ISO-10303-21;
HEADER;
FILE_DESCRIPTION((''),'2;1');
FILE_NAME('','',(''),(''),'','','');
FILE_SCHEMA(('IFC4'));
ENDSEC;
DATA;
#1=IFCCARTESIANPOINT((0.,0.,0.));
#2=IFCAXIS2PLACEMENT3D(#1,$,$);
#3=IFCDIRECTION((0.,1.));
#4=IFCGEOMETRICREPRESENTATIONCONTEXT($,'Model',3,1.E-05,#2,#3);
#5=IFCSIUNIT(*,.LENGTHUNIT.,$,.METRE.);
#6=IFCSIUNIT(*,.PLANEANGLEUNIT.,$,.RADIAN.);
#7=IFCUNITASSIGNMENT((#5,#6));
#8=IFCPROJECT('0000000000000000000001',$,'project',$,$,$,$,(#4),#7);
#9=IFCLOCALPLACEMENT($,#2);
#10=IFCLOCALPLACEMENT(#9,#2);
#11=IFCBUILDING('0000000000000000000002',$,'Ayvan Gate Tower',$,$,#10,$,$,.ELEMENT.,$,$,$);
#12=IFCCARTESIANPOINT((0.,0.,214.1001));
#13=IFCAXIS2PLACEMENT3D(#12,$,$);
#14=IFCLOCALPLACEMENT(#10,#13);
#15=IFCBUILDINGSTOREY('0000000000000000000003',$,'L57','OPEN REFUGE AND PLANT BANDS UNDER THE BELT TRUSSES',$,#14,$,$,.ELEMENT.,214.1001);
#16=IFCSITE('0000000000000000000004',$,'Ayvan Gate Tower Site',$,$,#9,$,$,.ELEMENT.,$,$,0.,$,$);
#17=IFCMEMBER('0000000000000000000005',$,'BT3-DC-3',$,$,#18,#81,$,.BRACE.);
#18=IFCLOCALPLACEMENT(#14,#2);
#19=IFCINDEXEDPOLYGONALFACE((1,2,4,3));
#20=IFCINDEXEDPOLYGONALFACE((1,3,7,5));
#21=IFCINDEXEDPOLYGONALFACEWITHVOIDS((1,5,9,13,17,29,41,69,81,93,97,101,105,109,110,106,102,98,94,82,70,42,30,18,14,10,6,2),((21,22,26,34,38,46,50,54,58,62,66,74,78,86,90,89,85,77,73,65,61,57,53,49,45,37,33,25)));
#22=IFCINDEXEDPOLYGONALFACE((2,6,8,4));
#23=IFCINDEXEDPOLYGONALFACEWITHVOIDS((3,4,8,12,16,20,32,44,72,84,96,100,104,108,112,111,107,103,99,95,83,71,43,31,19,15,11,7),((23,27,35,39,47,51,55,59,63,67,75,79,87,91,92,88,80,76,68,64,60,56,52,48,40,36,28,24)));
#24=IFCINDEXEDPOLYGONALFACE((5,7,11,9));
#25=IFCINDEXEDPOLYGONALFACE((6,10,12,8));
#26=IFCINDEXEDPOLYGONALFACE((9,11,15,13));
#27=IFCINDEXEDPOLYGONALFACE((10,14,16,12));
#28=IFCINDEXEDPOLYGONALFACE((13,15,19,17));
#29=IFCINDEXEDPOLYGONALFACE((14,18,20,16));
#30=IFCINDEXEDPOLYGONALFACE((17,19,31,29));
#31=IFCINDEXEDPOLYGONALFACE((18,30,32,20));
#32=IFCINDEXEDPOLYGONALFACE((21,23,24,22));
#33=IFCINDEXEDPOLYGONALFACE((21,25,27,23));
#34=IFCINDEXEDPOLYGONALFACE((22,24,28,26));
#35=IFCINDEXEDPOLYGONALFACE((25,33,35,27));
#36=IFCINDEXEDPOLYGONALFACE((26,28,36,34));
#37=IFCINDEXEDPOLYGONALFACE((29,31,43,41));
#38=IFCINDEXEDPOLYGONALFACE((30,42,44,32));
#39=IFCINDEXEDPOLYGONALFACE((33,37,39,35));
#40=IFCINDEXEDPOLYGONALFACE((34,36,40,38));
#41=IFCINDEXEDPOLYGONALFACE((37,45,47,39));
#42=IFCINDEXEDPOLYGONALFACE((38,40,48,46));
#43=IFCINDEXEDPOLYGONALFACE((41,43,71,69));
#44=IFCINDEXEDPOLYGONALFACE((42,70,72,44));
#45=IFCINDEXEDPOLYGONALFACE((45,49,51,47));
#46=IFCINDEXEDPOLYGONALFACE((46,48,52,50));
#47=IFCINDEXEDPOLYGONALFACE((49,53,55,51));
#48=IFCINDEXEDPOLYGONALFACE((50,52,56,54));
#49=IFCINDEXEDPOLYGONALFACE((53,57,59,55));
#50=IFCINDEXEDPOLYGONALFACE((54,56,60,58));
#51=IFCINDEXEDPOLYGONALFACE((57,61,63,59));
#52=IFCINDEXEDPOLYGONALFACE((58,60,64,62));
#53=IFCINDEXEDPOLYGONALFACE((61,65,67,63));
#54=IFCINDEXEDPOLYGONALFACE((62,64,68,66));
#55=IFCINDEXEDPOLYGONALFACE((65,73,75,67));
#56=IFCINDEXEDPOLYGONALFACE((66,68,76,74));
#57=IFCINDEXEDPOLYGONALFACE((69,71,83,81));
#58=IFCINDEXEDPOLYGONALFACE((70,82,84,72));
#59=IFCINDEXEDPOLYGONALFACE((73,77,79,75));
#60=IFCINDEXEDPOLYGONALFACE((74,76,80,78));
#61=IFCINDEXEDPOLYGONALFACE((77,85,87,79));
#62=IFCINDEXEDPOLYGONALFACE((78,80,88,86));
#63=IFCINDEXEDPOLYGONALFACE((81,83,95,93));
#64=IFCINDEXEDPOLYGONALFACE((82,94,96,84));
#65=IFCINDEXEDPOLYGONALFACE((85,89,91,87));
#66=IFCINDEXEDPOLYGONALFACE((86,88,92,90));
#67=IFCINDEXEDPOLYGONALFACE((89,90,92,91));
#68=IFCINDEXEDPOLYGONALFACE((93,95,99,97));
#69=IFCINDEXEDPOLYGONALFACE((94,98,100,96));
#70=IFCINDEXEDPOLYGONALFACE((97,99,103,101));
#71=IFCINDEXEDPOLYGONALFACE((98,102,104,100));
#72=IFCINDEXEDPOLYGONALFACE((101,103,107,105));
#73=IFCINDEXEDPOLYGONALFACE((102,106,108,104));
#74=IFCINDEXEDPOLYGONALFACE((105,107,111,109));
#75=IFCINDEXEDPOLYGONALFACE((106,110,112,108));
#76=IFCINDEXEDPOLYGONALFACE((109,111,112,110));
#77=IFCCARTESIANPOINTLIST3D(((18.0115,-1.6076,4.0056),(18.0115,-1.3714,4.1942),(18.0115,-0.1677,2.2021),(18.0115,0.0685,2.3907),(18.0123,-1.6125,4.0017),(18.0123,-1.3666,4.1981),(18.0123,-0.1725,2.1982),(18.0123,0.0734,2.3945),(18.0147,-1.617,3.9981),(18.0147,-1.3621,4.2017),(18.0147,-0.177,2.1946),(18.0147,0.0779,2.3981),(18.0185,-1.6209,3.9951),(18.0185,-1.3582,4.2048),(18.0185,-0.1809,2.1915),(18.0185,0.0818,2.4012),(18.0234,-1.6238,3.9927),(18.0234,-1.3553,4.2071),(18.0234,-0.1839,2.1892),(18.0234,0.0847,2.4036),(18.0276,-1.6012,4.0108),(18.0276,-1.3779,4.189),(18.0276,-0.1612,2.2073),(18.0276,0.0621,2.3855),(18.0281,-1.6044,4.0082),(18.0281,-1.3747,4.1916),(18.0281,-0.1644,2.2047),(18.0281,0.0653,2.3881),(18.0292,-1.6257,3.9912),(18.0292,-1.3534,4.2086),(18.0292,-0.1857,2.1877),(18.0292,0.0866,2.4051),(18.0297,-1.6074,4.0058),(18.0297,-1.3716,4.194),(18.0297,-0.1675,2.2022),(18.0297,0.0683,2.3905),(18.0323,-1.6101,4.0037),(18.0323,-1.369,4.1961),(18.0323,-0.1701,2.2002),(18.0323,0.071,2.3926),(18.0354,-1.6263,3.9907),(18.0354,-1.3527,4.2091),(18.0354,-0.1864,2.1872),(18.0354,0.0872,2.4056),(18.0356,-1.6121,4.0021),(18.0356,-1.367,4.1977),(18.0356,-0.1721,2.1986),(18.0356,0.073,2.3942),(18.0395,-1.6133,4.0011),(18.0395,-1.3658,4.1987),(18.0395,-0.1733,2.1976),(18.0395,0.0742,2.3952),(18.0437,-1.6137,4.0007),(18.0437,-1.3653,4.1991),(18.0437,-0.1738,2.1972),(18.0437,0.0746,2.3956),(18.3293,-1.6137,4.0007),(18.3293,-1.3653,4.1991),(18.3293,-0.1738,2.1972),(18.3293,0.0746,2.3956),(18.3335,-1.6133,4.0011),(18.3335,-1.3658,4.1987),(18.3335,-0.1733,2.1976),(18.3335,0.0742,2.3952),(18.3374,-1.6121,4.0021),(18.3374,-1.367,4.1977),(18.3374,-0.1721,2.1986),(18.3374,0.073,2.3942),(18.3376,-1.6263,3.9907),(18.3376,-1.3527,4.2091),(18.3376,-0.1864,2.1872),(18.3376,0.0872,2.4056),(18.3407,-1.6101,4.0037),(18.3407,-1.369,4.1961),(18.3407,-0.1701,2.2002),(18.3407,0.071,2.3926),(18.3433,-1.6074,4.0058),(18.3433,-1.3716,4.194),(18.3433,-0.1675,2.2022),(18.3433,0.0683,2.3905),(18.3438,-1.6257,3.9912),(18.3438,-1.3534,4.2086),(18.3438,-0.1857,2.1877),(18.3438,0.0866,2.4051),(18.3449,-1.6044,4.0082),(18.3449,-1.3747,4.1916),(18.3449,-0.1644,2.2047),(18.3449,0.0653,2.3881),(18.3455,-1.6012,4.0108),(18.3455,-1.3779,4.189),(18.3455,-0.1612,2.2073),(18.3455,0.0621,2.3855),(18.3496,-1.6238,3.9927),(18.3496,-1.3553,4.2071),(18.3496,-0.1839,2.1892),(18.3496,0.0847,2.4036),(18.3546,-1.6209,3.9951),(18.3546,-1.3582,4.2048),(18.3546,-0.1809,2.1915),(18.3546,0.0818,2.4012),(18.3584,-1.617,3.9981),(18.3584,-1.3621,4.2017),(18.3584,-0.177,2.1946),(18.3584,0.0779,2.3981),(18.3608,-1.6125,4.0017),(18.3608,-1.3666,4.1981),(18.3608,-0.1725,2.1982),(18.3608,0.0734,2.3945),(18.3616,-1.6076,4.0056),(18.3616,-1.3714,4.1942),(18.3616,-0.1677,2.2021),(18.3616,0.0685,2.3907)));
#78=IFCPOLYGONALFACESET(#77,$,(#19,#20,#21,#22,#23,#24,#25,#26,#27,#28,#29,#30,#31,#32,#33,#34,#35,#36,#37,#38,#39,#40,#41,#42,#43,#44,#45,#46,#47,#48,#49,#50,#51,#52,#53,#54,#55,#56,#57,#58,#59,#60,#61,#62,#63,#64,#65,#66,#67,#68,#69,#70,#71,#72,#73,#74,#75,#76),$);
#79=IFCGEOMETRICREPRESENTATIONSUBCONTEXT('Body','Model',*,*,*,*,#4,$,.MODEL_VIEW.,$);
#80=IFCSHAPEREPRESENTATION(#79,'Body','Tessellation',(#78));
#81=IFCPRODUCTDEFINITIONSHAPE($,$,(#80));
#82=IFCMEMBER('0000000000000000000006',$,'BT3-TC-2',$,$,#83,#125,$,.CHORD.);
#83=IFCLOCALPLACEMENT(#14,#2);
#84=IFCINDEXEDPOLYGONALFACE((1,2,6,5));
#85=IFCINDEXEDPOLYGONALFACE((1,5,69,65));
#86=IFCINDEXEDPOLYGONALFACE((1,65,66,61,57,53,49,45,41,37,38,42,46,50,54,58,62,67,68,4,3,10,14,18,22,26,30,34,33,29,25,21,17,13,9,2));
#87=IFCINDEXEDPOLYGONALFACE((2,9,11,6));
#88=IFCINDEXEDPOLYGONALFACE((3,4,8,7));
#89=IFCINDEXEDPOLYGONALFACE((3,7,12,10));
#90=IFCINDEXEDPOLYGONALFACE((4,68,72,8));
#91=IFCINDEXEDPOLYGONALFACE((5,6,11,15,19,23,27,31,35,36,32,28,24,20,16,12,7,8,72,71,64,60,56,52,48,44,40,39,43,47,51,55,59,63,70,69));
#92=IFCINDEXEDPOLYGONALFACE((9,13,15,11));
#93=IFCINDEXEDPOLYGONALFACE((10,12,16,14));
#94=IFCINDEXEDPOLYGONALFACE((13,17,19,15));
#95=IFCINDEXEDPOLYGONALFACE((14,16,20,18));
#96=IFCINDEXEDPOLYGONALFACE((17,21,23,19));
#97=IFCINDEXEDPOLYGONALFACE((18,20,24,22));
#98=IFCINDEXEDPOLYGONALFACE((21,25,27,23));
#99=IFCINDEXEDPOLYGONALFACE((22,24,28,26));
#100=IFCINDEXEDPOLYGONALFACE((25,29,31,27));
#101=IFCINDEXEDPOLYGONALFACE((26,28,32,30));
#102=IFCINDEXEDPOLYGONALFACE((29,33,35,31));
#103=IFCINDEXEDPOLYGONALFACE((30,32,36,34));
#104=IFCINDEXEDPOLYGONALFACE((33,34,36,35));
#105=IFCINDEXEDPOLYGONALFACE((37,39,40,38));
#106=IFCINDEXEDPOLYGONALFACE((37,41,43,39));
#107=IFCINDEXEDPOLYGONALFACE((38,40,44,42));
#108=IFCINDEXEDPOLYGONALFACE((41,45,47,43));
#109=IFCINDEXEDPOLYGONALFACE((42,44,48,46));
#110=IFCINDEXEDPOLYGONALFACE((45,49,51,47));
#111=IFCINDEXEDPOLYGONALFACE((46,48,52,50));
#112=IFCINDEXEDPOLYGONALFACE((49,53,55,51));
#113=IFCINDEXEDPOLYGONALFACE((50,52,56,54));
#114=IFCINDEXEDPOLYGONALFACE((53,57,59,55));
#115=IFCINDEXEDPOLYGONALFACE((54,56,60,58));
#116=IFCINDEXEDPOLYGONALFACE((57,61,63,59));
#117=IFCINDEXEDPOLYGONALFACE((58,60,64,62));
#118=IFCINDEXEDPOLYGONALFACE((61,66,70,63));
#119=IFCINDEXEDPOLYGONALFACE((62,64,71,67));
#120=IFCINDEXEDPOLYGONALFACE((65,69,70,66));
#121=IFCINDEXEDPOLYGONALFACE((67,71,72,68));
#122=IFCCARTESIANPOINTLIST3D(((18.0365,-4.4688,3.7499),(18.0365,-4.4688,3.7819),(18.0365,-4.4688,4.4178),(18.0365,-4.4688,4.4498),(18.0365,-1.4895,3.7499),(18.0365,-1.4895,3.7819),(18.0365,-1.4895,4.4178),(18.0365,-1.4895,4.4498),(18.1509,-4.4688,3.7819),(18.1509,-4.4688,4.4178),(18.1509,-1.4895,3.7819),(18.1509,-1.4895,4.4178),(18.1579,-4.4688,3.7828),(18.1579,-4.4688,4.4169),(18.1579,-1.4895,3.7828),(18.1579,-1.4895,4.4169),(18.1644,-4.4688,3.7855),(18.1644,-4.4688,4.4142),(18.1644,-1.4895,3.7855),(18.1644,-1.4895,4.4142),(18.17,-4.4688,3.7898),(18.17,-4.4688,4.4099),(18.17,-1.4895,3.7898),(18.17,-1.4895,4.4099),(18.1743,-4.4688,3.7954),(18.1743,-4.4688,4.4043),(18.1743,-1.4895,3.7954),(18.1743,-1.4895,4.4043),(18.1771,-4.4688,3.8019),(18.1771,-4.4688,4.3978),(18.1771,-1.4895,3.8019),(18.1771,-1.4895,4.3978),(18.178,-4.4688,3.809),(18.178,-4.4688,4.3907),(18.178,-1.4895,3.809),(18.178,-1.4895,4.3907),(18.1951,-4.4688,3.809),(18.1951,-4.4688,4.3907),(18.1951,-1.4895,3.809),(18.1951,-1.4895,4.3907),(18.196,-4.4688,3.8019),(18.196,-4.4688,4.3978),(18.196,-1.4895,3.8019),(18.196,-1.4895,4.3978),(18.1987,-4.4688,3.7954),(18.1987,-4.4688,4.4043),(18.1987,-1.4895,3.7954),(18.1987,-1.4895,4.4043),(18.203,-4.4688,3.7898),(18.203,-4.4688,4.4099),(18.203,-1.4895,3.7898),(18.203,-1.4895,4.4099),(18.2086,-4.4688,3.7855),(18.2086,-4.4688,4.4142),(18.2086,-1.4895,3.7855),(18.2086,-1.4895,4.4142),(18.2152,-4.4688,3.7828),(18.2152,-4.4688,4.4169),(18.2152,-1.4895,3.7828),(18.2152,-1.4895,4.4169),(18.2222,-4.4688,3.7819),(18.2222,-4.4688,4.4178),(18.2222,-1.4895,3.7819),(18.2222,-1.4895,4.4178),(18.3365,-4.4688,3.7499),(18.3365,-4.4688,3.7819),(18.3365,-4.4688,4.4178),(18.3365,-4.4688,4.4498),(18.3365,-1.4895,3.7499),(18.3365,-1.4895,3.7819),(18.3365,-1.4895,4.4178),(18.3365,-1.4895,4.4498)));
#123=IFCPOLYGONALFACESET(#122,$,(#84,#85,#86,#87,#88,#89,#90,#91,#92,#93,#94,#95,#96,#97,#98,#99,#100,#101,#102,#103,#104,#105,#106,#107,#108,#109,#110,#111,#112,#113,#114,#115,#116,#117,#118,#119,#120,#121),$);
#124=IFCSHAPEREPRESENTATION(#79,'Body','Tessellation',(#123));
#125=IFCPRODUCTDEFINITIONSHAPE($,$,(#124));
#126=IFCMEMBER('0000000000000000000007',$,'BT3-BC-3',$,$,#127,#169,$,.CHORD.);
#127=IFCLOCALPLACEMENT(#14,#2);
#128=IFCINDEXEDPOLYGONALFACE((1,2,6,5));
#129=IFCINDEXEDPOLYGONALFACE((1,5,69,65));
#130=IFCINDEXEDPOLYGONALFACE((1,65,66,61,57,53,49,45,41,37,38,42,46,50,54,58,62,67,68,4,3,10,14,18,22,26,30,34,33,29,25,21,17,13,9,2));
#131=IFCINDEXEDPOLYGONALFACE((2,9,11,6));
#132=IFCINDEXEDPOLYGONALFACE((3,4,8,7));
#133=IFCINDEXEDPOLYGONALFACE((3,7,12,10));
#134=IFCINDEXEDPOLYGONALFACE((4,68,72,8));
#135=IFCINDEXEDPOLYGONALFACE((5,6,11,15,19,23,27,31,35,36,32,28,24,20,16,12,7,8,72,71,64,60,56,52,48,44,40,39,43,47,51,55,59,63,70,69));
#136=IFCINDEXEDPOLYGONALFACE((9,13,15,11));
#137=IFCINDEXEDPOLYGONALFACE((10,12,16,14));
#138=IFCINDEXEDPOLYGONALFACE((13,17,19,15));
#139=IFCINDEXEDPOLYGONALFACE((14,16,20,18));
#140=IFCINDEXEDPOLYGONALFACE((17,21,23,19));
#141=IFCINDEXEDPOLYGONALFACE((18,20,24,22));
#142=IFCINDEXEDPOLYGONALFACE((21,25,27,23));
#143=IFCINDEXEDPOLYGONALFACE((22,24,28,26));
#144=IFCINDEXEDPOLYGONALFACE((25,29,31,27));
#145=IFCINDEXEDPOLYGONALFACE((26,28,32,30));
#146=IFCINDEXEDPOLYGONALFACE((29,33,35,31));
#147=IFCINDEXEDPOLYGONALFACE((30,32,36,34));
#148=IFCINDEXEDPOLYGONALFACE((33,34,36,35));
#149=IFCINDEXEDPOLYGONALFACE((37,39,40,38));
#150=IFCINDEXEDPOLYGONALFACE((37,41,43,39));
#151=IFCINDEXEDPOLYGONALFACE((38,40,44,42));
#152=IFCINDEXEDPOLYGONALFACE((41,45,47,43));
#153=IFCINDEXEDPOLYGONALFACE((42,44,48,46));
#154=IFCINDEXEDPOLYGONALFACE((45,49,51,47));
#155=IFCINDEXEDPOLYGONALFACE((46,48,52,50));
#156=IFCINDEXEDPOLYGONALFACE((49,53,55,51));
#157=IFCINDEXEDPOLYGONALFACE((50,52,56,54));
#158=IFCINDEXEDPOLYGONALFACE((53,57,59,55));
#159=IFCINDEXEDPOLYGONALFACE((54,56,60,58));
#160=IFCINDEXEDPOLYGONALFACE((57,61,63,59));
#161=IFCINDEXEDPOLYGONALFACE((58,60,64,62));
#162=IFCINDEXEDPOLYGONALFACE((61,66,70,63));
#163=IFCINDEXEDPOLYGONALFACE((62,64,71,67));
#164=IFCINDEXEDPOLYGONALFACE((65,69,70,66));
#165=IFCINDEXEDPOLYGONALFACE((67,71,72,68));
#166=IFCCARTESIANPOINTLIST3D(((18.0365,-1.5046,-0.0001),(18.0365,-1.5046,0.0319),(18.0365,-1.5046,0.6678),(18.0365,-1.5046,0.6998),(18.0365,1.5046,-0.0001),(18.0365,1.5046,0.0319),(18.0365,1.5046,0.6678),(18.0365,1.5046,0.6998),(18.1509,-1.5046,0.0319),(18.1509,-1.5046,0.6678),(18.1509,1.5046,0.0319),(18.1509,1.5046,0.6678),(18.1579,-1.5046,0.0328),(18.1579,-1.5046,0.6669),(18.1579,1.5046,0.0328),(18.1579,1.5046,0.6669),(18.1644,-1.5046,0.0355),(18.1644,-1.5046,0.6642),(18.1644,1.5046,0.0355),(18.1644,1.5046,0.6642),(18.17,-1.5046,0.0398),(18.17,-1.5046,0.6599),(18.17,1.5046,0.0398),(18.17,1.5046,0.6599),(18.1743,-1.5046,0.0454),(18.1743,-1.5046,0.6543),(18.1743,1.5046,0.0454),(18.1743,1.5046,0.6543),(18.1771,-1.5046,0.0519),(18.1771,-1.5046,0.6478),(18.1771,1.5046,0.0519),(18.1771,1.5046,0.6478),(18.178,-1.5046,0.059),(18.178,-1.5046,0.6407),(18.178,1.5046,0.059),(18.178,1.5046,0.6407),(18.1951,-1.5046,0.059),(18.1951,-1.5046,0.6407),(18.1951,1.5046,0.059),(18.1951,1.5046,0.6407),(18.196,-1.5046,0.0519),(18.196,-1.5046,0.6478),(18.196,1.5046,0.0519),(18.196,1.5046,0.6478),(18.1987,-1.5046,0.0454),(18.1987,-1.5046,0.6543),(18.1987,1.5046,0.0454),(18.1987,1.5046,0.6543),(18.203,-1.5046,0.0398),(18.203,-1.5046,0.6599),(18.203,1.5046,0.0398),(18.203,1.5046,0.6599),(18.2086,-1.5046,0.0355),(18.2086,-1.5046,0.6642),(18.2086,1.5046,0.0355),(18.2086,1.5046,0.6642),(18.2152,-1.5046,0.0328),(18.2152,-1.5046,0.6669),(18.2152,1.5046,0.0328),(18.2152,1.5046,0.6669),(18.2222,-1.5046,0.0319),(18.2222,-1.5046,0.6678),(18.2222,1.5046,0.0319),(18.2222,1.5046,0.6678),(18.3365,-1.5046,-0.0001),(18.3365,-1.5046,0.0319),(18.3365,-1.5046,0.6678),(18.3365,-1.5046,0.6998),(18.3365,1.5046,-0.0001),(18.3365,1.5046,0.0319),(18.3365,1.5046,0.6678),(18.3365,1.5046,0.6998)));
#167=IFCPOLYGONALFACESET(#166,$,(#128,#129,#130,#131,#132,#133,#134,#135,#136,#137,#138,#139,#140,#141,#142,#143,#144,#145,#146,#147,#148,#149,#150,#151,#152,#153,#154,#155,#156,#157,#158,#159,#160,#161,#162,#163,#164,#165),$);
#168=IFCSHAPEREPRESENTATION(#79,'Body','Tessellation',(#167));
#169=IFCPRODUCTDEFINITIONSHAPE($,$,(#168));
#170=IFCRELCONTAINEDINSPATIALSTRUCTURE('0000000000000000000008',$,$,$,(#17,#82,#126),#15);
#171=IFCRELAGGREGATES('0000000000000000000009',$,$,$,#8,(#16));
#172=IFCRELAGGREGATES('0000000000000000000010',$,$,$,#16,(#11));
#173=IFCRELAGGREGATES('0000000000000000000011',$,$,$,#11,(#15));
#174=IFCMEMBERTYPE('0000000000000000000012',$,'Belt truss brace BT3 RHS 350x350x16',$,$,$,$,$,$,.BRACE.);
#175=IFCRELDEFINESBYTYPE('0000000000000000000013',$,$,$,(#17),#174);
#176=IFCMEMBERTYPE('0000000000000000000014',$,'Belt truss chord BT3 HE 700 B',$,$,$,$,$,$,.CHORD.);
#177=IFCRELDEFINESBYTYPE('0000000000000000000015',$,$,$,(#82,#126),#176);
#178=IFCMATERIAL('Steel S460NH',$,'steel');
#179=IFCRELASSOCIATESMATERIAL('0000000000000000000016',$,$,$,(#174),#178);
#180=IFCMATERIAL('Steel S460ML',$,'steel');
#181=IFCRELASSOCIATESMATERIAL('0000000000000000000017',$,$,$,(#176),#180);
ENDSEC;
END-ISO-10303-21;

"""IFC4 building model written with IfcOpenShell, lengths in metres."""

from ifc_helpers import new_model, si_unit, direction, frame, origin, origin_2d, place, context, subcontext, project, spatial, hollow_rectangle, i_section, extrude, material, material_profile, profile_set, type_object, element, save


model = new_model("IFC4")

# Units and contexts
model_context = context("Model", 3, precision=1e-05, world=origin(), true_north=direction((0.0, 1.0)))
body_context = subcontext(model_context, "Body", "Model", "MODEL_VIEW")
ifc_project = project(units=[si_unit("LENGTHUNIT", "METRE"), si_unit("PLANEANGLEUNIT", "RADIAN")], contexts=[model_context])

# Site, building, storey
site_placement = place(None, origin())
site = spatial("IfcSite", under=ifc_project, at=site_placement, Name="Ayvan Gate Tower Site", CompositionType="ELEMENT", RefElevation=0.0)
building_placement = place(site_placement, origin())
building = spatial("IfcBuilding", under=site, at=building_placement, Name="Ayvan Gate Tower", CompositionType="ELEMENT")
storey_placement = place(building_placement, frame((0.0, 0.0, 214.1001)))
storey = spatial("IfcBuildingStorey", under=building, at=storey_placement, Name="L57", Description="OPEN REFUGE AND PLANT BANDS UNDER THE BELT TRUSSES", CompositionType="ELEMENT", Elevation=214.1001)

# Members
ifc_material_1 = material(Name="Steel S460NH", Category="steel")
ifc_material_profile_1 = material_profile(ifc_material_1, hollow_rectangle(XDim=0.3501, YDim=0.3501, WallThickness=0.0161, InnerFilletRadius=0.0161, OuterFilletRadius=0.0239, at=origin_2d()), Name="RHS 350x350x16")
ifc_profile_set_1 = profile_set([ifc_material_profile_1], Name="Steel S460NH")
member_type_1 = type_object("IfcMemberType", Name="Belt truss brace BT3 RHS 350x350x16", PredefinedType="BRACE", material=ifc_profile_set_1)
member_1_placement = place(storey_placement, frame((18.1865, -0.0496, 2.2964), z_axis=(0.0, -0.623946, 0.781467), x_axis=(1.0, 0.0, 0.0)))
element("IfcMember", 1, at=member_1_placement, inside=storey, type_object=member_type_1, Name="BT3-DC-3", PredefinedType="BRACE", context=body_context, shape_type="SweptSolid", body=[
    extrude(hollow_rectangle(XDim=0.3501, YDim=0.3501, WallThickness=0.0161, InnerFilletRadius=0.0161, OuterFilletRadius=0.0239, at=origin_2d()), origin(), (0.0, 0.0, 1.0), 2.3079),
])
ifc_material_2 = material(Name="Steel S460ML", Category="steel")
ifc_material_profile_2 = material_profile(ifc_material_2, i_section(OverallWidth=0.3, OverallDepth=0.7, WebThickness=0.0171, FlangeThickness=0.032, FilletRadius=0.0271, at=origin_2d()), Name="HE 700 B")
ifc_profile_set_2 = profile_set([ifc_material_profile_2], Name="Steel S460ML")
member_type_2 = type_object("IfcMemberType", Name="Belt truss chord BT3 HE 700 B", PredefinedType="CHORD", material=ifc_profile_set_2)
member_2_placement = place(storey_placement, frame((18.1865, -4.4688, 4.0999), z_axis=(0.0, 1.0, 0.0), x_axis=(-1.0, 0.0, 0.0)))
element("IfcMember", 2, at=member_2_placement, inside=storey, type_object=member_type_2, Name="BT3-TC-2", PredefinedType="CHORD", context=body_context, shape_type="SweptSolid", body=[
    extrude(i_section(OverallWidth=0.3, OverallDepth=0.7, WebThickness=0.0171, FlangeThickness=0.032, FilletRadius=0.0271, at=origin_2d()), origin(), (0.0, 0.0, 1.0), 2.9792),
])
member_3_placement = place(storey_placement, frame((18.1865, -1.5046, 0.3499), z_axis=(0.0, 1.0, 0.0), x_axis=(-1.0, 0.0, 0.0)))
element("IfcMember", 3, at=member_3_placement, inside=storey, type_object=member_type_2, Name="BT3-BC-3", PredefinedType="CHORD", context=body_context, shape_type="SweptSolid", body=[
    extrude(i_section(OverallWidth=0.3, OverallDepth=0.7, WebThickness=0.0171, FlangeThickness=0.032, FilletRadius=0.0271, at=origin_2d()), origin(), (0.0, 0.0, 1.0), 3.0093),
])

save(model, "model.ifc")
